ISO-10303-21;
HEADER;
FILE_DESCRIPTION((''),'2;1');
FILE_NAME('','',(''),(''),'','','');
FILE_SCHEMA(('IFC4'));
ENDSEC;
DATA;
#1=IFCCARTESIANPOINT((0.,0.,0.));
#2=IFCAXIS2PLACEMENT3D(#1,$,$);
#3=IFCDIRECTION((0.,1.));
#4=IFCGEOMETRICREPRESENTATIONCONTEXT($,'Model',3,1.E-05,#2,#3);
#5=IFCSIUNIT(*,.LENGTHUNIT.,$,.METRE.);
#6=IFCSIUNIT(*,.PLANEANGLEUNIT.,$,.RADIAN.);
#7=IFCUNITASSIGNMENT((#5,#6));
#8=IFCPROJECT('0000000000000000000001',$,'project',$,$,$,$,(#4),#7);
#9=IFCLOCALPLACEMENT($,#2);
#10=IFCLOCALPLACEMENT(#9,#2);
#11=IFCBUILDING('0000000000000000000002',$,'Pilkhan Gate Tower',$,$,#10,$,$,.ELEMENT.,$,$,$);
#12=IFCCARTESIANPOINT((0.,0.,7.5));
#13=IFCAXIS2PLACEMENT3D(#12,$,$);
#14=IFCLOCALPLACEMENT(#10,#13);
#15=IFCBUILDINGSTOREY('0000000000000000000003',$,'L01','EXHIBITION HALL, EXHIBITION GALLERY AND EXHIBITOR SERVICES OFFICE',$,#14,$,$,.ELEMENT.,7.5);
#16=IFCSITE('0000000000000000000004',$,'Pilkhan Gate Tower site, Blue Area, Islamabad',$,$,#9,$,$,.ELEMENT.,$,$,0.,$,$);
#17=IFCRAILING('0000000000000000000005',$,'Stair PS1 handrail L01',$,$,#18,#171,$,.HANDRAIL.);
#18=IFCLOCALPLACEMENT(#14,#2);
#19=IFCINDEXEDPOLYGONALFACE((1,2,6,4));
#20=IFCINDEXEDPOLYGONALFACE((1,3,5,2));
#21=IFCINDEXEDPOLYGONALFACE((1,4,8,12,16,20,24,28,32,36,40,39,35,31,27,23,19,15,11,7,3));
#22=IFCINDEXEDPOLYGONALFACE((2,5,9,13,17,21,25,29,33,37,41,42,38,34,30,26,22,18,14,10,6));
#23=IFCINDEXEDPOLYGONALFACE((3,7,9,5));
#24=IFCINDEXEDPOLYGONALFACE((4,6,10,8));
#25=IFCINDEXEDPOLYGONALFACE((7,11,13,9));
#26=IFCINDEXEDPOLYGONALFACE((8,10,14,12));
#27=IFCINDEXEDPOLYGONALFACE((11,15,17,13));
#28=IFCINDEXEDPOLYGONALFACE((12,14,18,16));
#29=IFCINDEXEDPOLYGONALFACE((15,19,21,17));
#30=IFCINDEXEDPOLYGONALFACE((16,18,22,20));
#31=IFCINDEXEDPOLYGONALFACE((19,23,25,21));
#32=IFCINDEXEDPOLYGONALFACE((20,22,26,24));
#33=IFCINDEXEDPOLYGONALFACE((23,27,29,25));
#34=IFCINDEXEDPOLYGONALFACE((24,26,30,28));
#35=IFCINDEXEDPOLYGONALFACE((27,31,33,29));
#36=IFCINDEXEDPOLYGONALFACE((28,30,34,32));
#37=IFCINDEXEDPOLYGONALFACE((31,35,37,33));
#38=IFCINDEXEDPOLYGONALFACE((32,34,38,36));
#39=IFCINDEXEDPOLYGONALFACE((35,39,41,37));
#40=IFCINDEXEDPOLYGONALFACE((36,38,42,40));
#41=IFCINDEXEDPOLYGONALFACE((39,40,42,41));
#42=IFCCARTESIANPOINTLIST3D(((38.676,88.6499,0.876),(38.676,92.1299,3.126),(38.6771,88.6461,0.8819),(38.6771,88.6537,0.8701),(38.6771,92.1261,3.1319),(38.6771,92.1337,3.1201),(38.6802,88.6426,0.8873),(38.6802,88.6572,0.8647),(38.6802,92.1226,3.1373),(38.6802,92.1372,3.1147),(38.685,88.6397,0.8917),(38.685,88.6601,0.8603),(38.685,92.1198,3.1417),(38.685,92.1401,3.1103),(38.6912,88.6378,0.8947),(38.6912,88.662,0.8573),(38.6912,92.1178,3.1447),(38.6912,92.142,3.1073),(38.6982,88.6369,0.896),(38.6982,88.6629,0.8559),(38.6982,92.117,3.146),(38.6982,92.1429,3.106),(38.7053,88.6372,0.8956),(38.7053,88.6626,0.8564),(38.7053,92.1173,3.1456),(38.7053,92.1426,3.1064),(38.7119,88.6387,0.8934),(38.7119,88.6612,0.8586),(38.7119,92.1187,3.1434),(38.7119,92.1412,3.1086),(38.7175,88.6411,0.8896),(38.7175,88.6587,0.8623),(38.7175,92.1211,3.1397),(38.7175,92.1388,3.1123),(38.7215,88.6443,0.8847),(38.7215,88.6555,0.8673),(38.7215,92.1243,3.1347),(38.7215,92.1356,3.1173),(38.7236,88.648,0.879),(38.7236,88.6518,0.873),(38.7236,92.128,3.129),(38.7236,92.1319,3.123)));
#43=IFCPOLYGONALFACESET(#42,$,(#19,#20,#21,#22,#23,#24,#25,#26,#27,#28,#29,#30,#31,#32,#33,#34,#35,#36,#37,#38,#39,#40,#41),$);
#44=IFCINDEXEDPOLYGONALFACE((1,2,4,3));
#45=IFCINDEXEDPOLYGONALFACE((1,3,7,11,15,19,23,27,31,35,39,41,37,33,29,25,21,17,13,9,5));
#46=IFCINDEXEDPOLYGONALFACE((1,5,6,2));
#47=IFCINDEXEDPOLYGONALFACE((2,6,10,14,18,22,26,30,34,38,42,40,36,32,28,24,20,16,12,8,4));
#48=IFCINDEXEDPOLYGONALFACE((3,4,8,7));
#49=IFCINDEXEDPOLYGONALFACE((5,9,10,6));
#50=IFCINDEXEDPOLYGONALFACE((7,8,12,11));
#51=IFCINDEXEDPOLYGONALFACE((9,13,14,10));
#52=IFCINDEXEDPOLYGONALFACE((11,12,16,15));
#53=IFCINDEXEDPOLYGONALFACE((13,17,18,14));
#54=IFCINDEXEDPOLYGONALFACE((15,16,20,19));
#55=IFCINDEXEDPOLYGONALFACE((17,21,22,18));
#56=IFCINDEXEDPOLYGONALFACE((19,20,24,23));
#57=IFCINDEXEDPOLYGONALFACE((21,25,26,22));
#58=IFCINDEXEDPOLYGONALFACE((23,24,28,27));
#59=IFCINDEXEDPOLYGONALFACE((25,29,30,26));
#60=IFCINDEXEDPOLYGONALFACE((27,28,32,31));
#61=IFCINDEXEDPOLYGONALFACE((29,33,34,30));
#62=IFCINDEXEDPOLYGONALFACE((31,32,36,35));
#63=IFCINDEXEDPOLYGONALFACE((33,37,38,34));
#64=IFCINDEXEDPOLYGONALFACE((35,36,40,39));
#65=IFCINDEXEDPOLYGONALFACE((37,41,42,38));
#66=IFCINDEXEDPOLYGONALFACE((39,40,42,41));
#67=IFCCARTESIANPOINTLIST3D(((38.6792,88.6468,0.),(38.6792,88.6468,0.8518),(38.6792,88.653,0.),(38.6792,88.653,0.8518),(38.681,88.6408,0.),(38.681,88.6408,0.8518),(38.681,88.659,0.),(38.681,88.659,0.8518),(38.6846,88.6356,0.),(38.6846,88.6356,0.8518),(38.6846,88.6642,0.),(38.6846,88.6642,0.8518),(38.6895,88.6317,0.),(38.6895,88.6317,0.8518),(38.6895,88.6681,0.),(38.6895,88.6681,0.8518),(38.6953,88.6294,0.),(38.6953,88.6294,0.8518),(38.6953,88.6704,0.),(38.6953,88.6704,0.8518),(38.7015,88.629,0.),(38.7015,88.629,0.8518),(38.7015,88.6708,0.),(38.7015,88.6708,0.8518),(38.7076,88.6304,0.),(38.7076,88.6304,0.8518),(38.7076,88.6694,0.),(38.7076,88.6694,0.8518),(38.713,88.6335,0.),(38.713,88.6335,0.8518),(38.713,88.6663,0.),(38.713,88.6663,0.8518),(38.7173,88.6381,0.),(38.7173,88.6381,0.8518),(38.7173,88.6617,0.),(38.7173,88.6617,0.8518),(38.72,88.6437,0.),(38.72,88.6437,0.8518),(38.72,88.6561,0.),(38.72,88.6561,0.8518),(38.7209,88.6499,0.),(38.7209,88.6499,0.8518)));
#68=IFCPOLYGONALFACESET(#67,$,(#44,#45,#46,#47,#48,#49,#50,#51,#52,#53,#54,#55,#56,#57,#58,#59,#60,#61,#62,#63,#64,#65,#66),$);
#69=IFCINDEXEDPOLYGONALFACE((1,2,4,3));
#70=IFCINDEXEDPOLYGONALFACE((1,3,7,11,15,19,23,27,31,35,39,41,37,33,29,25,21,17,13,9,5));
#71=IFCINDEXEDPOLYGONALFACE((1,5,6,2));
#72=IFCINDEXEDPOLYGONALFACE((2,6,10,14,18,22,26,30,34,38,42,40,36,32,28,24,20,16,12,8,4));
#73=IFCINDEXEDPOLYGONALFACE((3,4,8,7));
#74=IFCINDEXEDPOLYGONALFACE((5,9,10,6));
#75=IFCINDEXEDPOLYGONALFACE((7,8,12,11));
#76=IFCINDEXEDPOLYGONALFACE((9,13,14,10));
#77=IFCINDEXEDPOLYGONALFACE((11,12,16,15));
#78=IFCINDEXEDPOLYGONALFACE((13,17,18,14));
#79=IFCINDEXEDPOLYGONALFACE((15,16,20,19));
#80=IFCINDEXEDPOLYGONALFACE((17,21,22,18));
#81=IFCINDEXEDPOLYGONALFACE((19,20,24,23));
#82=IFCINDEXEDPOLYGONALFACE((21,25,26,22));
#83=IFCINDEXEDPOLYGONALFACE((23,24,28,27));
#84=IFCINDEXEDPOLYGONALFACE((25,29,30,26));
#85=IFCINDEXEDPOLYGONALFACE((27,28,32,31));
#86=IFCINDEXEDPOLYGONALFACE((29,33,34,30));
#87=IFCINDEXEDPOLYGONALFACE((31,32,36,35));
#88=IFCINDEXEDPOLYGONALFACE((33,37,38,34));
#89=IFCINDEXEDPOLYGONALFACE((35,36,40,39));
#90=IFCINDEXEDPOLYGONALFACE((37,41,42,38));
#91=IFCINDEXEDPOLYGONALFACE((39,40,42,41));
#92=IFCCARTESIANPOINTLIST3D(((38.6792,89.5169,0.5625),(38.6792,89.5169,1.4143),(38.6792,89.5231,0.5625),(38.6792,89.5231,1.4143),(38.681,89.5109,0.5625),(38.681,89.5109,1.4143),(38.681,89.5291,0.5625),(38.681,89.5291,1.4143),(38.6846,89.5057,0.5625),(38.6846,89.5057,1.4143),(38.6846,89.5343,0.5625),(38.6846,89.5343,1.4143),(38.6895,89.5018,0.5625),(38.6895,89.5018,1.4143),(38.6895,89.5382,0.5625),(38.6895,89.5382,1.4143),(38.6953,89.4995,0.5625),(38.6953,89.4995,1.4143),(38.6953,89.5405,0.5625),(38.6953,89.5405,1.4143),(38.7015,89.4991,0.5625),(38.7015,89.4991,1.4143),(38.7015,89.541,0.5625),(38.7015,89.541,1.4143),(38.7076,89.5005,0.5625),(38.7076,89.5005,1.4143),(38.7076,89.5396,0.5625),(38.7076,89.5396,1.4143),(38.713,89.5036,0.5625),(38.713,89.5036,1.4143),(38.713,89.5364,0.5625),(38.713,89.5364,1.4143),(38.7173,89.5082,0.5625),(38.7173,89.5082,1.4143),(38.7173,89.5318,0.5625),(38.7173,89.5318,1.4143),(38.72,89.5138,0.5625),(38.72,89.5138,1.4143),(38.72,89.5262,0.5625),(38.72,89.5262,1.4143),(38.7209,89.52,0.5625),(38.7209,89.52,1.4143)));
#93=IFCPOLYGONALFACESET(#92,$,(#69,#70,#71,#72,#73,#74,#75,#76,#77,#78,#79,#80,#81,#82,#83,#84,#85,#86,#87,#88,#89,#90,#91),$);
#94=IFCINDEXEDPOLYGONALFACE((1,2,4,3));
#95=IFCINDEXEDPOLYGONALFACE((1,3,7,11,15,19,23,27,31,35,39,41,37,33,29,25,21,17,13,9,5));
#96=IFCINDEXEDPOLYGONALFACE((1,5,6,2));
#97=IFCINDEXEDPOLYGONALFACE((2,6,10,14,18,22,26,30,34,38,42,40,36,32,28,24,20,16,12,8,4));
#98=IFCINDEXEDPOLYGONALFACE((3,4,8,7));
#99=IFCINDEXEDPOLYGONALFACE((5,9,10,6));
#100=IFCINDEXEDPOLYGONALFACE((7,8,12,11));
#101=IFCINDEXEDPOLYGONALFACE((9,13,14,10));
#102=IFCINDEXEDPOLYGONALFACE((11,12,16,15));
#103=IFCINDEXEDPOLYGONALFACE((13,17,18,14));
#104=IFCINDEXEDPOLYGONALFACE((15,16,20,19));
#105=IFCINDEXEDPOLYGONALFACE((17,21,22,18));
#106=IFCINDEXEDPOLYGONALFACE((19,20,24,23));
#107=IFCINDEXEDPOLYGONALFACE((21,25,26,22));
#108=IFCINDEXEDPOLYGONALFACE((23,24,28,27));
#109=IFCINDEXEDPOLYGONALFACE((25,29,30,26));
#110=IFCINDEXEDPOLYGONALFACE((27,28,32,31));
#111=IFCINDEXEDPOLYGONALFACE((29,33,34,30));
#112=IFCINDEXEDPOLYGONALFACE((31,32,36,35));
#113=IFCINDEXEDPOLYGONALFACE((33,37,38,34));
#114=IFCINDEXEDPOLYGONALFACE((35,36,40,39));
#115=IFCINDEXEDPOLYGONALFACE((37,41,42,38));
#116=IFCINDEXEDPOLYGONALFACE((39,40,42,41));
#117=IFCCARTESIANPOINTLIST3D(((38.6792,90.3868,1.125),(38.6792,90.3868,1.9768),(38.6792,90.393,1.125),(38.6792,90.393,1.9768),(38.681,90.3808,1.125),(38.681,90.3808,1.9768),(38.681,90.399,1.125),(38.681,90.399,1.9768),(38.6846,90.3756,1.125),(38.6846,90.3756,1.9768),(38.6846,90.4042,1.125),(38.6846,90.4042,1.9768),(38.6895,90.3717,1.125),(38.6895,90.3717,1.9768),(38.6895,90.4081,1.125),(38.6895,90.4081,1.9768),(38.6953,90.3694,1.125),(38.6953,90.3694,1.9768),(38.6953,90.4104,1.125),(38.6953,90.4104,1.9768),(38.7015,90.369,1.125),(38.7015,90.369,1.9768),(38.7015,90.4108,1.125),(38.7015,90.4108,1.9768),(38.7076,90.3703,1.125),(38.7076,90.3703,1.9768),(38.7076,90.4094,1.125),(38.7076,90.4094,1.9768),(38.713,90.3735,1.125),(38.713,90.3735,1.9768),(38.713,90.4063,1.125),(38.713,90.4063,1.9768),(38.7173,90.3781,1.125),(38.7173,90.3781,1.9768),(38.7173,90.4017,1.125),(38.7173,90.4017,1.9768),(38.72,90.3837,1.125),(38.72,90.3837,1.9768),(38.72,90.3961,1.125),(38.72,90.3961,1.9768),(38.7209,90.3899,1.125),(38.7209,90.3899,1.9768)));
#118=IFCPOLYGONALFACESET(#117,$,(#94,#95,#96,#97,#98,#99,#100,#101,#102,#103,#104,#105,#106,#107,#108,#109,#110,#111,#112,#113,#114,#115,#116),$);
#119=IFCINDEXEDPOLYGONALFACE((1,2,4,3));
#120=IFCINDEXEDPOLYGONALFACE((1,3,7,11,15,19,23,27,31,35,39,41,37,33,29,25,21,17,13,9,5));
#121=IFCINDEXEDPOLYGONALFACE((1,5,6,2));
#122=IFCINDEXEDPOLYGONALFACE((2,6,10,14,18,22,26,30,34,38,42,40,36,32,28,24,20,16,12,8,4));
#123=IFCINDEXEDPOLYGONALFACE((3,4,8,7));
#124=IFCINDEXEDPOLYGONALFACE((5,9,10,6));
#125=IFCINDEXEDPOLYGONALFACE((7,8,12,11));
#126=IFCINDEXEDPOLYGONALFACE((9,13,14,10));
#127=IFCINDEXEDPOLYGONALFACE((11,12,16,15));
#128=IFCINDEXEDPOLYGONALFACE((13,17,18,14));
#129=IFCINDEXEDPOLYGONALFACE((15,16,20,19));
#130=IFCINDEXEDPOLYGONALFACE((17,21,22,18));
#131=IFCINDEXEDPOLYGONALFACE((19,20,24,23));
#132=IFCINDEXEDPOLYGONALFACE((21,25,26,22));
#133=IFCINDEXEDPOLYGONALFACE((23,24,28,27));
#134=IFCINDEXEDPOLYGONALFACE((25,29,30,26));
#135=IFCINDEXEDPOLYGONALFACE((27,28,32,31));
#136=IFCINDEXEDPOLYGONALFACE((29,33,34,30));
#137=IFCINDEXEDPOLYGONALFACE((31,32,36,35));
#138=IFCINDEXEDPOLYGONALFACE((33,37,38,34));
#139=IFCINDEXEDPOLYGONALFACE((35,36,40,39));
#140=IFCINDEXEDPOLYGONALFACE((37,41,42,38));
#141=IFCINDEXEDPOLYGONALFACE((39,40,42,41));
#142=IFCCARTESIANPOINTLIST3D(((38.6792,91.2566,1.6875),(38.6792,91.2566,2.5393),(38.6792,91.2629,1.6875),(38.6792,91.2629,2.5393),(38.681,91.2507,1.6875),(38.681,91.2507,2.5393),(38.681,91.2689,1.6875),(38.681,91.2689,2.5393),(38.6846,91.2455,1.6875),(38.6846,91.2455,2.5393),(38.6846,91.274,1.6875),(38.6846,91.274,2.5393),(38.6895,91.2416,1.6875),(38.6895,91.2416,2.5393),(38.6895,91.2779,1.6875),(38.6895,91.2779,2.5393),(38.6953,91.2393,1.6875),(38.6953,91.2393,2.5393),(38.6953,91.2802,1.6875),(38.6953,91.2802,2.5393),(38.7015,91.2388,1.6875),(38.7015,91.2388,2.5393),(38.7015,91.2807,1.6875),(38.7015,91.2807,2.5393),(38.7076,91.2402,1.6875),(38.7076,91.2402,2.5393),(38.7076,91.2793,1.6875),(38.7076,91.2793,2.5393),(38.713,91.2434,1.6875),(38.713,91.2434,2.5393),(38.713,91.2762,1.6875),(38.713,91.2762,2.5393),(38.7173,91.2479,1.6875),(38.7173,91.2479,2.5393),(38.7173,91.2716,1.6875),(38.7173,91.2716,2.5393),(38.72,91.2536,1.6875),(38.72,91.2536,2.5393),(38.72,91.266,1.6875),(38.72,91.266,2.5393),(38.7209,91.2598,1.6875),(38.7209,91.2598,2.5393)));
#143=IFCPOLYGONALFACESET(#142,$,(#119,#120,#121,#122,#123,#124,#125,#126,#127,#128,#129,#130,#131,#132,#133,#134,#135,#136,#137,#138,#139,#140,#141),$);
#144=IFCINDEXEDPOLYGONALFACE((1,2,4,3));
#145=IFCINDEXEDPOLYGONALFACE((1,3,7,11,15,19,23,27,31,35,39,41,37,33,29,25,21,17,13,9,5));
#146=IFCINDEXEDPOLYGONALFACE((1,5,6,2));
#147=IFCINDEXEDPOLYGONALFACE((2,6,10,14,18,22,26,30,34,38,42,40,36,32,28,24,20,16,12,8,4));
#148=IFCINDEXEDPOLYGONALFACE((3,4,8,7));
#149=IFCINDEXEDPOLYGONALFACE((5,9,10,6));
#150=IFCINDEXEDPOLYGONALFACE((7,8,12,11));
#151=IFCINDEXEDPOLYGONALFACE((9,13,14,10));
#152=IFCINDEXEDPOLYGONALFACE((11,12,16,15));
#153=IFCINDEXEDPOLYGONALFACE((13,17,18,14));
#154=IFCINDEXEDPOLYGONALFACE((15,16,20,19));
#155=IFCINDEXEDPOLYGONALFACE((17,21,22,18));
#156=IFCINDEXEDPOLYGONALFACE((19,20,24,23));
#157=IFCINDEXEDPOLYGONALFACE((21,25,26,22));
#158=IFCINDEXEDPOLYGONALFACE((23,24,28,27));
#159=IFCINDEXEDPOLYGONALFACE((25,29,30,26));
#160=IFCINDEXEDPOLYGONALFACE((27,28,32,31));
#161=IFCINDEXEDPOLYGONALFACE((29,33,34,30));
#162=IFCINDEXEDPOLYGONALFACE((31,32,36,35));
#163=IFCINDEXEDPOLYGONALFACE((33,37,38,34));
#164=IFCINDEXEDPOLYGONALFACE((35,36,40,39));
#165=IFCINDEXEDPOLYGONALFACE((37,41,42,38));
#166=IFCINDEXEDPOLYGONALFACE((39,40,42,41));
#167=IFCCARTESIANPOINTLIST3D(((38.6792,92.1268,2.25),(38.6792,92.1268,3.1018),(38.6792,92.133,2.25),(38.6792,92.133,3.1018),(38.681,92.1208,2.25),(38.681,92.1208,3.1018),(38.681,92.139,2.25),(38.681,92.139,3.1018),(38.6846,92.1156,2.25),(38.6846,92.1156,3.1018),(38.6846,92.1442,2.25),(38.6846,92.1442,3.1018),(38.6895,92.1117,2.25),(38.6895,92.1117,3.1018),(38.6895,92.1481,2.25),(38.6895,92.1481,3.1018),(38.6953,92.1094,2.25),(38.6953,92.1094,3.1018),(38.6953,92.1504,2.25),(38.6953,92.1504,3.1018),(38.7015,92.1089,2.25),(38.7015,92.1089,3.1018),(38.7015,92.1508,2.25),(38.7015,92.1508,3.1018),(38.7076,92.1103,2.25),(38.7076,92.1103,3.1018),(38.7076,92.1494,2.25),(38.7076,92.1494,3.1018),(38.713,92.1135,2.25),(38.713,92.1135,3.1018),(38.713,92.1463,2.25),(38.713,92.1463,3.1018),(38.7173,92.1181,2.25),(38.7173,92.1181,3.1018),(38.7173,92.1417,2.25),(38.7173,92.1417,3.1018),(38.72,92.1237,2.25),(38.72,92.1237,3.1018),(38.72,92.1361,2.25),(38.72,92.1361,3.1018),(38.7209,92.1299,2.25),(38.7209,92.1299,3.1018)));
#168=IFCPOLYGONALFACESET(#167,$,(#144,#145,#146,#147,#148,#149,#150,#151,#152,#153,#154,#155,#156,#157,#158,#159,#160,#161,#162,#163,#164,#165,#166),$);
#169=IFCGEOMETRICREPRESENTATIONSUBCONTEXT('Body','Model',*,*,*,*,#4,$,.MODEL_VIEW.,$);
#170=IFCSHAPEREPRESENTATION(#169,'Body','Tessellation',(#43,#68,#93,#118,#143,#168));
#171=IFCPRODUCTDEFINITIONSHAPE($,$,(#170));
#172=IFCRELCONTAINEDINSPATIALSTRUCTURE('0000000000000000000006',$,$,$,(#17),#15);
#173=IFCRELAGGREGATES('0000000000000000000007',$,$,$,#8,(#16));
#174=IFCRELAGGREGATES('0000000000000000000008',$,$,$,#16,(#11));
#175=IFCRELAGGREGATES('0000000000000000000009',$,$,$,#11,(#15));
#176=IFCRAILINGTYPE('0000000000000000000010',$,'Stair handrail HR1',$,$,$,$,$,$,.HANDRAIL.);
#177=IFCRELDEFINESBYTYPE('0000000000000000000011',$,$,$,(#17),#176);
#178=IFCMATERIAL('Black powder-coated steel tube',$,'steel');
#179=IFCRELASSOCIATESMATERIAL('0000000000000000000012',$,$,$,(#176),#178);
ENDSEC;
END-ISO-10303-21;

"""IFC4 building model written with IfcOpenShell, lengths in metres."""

from ifc_helpers import new_model, si_unit, direction, frame, origin, origin_2d, place, context, subcontext, project, spatial, circle, extrude, material, type_object, element, save


model = new_model("IFC4")

# Units and contexts
model_context = context("Model", 3, precision=1e-05, world=origin(), true_north=direction((0.0, 1.0)))
body_context = subcontext(model_context, "Body", "Model", "MODEL_VIEW")
ifc_project = project(units=[si_unit("LENGTHUNIT", "METRE"), si_unit("PLANEANGLEUNIT", "RADIAN")], contexts=[model_context])

# Site, building, storey
site_placement = place(None, origin())
site = spatial("IfcSite", under=ifc_project, at=site_placement, Name="Pilkhan Gate Tower site, Blue Area, Islamabad", CompositionType="ELEMENT", RefElevation=0.0)
building_placement = place(site_placement, origin())
building = spatial("IfcBuilding", under=site, at=building_placement, Name="Pilkhan Gate Tower", CompositionType="ELEMENT")
storey_placement = place(building_placement, frame((0.0, 0.0, 7.5)))
storey = spatial("IfcBuildingStorey", under=building, at=storey_placement, Name="L01", Description="EXHIBITION HALL, EXHIBITION GALLERY AND EXHIBITOR SERVICES OFFICE", CompositionType="ELEMENT", Elevation=7.5)

# Railing
ifc_material_1 = material(Name="Black powder-coated steel tube", Category="steel")
railing_type = type_object("IfcRailingType", Name="Stair handrail HR1", PredefinedType="HANDRAIL", material=ifc_material_1)
for number, where, name in (
    (1, (38.7, 88.6499, 0.0), "Stair PS1 handrail L01"),
):
    element("IfcRailing", number, at=place(storey_placement, frame(where)), inside=storey, type_object=railing_type, Name=name, PredefinedType="HANDRAIL", context=body_context, shape_type="SweptSolid", body=[
        extrude(circle(Radius=0.0239, at=origin_2d()), frame((0.0, 0.0, 0.876), z_axis=(0.0, 0.839763, 0.542953), x_axis=(-1.0, 0.0, 0.0)), (0.0, 0.0, 1.0), 4.144),
        extrude(circle(Radius=0.021, at=origin_2d()), origin(), (0.0, 0.0, 1.0), 0.8518),
        extrude(circle(Radius=0.021, at=origin_2d()), frame((0.0, 0.8701, 0.5625)), (0.0, 0.0, 1.0), 0.8518),
        extrude(circle(Radius=0.021, at=origin_2d()), frame((0.0, 1.74, 1.125)), (0.0, 0.0, 1.0), 0.8518),
        extrude(circle(Radius=0.021, at=origin_2d()), frame((0.0, 2.6099, 1.6875)), (0.0, 0.0, 1.0), 0.8518),
        extrude(circle(Radius=0.021, at=origin_2d()), frame((0.0, 3.48, 2.25)), (0.0, 0.0, 1.0), 0.8518),
    ])

save(model, "model.ifc")
